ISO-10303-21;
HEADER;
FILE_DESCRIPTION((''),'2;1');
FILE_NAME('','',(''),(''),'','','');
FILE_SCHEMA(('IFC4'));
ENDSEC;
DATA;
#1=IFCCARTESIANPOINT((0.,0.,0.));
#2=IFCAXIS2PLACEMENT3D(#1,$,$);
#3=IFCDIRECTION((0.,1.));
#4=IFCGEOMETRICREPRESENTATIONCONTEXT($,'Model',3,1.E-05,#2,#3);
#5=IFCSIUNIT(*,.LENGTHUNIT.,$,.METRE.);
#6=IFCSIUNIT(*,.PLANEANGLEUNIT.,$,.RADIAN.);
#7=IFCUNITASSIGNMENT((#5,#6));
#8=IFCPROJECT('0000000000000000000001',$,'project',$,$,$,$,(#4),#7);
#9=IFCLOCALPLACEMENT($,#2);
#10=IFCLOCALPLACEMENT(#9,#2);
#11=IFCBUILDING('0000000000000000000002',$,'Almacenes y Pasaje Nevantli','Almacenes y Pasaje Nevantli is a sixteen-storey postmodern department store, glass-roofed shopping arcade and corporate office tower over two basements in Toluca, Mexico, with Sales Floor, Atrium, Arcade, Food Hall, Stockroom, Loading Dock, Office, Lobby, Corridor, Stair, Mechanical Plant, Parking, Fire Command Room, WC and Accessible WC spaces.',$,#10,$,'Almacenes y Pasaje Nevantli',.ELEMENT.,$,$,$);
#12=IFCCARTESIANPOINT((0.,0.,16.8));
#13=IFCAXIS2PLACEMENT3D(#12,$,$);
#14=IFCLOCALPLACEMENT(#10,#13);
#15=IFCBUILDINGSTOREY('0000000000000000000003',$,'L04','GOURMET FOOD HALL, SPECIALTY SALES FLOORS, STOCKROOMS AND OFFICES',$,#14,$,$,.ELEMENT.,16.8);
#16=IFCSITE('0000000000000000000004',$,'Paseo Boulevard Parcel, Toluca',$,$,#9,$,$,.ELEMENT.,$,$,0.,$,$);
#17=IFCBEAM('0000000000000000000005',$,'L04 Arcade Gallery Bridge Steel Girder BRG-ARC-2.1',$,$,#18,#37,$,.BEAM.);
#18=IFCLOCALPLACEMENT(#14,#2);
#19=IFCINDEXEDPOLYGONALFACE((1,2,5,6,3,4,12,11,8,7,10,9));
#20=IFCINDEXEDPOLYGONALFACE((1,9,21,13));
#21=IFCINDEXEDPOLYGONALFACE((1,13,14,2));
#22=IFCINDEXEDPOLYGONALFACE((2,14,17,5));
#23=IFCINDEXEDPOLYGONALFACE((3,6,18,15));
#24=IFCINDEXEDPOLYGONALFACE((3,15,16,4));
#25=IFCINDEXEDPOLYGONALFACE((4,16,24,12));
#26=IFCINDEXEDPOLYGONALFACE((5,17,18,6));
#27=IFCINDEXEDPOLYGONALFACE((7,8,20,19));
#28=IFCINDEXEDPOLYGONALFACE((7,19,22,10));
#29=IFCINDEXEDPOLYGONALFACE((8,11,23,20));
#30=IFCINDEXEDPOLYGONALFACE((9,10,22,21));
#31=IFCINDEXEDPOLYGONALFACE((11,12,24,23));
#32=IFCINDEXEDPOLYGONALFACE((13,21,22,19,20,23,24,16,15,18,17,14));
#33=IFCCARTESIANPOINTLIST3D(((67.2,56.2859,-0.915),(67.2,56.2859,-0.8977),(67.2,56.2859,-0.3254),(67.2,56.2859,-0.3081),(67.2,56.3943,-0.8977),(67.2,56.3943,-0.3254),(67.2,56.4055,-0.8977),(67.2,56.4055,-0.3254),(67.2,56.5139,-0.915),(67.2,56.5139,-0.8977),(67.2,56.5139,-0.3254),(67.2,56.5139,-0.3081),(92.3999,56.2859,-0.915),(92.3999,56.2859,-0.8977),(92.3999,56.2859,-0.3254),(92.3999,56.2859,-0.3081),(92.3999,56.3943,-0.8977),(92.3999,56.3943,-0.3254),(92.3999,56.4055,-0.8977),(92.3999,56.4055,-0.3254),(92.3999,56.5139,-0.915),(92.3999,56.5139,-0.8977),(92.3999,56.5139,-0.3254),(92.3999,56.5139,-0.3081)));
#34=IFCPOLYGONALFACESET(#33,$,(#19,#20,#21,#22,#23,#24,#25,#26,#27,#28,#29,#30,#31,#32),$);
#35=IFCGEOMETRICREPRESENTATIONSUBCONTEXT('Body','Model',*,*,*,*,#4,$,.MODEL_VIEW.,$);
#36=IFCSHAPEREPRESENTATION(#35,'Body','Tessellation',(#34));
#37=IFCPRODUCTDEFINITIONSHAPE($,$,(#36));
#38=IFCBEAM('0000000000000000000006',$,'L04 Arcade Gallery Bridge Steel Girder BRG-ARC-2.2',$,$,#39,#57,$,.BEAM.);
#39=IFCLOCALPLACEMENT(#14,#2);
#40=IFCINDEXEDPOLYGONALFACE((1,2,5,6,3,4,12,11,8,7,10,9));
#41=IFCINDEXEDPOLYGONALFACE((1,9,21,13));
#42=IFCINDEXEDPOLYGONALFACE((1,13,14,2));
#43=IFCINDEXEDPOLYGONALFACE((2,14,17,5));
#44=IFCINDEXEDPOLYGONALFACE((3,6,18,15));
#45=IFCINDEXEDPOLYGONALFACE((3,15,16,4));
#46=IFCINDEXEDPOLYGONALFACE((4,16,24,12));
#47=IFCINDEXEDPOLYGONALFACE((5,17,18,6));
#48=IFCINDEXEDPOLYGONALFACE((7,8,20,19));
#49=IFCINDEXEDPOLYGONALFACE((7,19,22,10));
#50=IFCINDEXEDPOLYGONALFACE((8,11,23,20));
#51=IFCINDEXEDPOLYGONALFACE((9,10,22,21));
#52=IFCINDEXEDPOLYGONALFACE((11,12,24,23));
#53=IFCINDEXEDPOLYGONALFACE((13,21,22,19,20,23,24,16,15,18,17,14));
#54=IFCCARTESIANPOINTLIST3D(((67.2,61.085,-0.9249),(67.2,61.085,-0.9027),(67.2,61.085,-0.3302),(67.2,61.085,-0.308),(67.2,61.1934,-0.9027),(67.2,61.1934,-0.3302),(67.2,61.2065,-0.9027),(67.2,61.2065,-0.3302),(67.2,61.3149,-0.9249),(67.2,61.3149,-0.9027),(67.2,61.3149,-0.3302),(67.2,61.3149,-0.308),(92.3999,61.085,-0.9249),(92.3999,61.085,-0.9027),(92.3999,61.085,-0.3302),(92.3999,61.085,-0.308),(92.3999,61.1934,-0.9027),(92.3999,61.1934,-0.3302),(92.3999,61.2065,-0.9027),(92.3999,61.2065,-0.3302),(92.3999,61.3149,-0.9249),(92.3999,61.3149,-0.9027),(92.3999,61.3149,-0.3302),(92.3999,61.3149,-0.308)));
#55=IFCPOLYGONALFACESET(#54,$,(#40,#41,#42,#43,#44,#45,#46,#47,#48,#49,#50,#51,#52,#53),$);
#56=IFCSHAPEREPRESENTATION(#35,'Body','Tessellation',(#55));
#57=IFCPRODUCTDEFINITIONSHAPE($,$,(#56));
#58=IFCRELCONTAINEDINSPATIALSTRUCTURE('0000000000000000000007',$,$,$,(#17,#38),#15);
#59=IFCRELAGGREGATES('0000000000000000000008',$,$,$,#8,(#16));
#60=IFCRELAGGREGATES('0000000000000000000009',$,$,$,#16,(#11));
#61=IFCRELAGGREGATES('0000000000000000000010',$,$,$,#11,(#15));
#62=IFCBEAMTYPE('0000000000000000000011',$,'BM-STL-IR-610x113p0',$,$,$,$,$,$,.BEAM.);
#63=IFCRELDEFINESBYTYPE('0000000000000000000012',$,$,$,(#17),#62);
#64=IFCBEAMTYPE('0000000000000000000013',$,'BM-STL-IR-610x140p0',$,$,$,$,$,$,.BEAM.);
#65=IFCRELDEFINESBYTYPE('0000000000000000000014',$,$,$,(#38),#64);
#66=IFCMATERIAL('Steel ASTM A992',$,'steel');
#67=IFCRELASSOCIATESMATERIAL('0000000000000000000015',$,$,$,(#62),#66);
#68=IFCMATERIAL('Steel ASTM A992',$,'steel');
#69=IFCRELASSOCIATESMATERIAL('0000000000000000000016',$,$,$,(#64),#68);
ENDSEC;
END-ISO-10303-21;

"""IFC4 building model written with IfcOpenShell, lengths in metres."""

from ifc_helpers import new_model, si_unit, direction, frame, origin, origin_2d, place, context, subcontext, project, spatial, i_section, extrude, material, material_profile, profile_set, type_object, element, save


model = new_model("IFC4")

# Units and contexts
model_context = context("Model", 3, precision=1e-05, world=origin(), true_north=direction((0.0, 1.0)))
body_context = subcontext(model_context, "Body", "Model", "MODEL_VIEW")
ifc_project = project(units=[si_unit("LENGTHUNIT", "METRE"), si_unit("PLANEANGLEUNIT", "RADIAN")], contexts=[model_context])

# Site, building, storey
site_placement = place(None, origin())
site = spatial("IfcSite", under=ifc_project, at=site_placement, Name="Paseo Boulevard Parcel, Toluca", CompositionType="ELEMENT", RefElevation=0.0)
building_placement = place(site_placement, origin())
building = spatial("IfcBuilding", under=site, at=building_placement, Name="Almacenes y Pasaje Nevantli", Description="Almacenes y Pasaje Nevantli is a sixteen-storey postmodern department store, glass-roofed shopping arcade and corporate office tower over two basements in Toluca, Mexico, with Sales Floor, Atrium, Arcade, Food Hall, Stockroom, Loading Dock, Office, Lobby, Corridor, Stair, Mechanical Plant, Parking, Fire Command Room, WC and Accessible WC spaces.", LongName="Almacenes y Pasaje Nevantli", CompositionType="ELEMENT")
storey_placement = place(building_placement, frame((0.0, 0.0, 16.8)))
storey = spatial("IfcBuildingStorey", under=building, at=storey_placement, Name="L04", Description="GOURMET FOOD HALL, SPECIALTY SALES FLOORS, STOCKROOMS AND OFFICES", CompositionType="ELEMENT", Elevation=16.8)

# Beams
ifc_material_1 = material(Name="Steel ASTM A992", Category="steel")
ifc_material_profile_1 = material_profile(ifc_material_1, i_section(OverallWidth=0.228, OverallDepth=0.6069, WebThickness=0.0112, FlangeThickness=0.0173, at=origin_2d()), Name="IR 610x113.0")
ifc_profile_set_1 = profile_set([ifc_material_profile_1], Name="Steel ASTM A992")
beam_type_1 = type_object("IfcBeamType", Name="BM-STL-IR-610x113p0", PredefinedType="BEAM", material=ifc_profile_set_1)
beam_1_placement = place(storey_placement, frame((67.2, 56.3999, -0.6116), z_axis=(1.0, 0.0, 0.0), x_axis=(0.0, 1.0, 0.0)))
element("IfcBeam", 1, at=beam_1_placement, inside=storey, type_object=beam_type_1, Name="L04 Arcade Gallery Bridge Steel Girder BRG-ARC-2.1", PredefinedType="BEAM", context=body_context, shape_type="SweptSolid", body=[
    extrude(i_section(OverallWidth=0.228, OverallDepth=0.6069, WebThickness=0.0112, FlangeThickness=0.0173, at=origin_2d()), origin(), (0.0, 0.0, 1.0), 25.2),
])
ifc_material_2 = material(Name="Steel ASTM A992", Category="steel")
ifc_material_profile_2 = material_profile(ifc_material_2, i_section(OverallWidth=0.23, OverallDepth=0.6169, WebThickness=0.0132, FlangeThickness=0.0222, at=origin_2d()), Name="IR 610x140.0")
ifc_profile_set_2 = profile_set([ifc_material_profile_2], Name="Steel ASTM A992")
beam_type_2 = type_object("IfcBeamType", Name="BM-STL-IR-610x140p0", PredefinedType="BEAM", material=ifc_profile_set_2)
beam_2_placement = place(storey_placement, frame((67.2, 61.2, -0.6165), z_axis=(1.0, 0.0, 0.0), x_axis=(0.0, 1.0, 0.0)))
element("IfcBeam", 2, at=beam_2_placement, inside=storey, type_object=beam_type_2, Name="L04 Arcade Gallery Bridge Steel Girder BRG-ARC-2.2", PredefinedType="BEAM", context=body_context, shape_type="SweptSolid", body=[
    extrude(i_section(OverallWidth=0.23, OverallDepth=0.6169, WebThickness=0.0132, FlangeThickness=0.0222, at=origin_2d()), origin(), (0.0, 0.0, 1.0), 25.2),
])

save(model, "model.ifc")
